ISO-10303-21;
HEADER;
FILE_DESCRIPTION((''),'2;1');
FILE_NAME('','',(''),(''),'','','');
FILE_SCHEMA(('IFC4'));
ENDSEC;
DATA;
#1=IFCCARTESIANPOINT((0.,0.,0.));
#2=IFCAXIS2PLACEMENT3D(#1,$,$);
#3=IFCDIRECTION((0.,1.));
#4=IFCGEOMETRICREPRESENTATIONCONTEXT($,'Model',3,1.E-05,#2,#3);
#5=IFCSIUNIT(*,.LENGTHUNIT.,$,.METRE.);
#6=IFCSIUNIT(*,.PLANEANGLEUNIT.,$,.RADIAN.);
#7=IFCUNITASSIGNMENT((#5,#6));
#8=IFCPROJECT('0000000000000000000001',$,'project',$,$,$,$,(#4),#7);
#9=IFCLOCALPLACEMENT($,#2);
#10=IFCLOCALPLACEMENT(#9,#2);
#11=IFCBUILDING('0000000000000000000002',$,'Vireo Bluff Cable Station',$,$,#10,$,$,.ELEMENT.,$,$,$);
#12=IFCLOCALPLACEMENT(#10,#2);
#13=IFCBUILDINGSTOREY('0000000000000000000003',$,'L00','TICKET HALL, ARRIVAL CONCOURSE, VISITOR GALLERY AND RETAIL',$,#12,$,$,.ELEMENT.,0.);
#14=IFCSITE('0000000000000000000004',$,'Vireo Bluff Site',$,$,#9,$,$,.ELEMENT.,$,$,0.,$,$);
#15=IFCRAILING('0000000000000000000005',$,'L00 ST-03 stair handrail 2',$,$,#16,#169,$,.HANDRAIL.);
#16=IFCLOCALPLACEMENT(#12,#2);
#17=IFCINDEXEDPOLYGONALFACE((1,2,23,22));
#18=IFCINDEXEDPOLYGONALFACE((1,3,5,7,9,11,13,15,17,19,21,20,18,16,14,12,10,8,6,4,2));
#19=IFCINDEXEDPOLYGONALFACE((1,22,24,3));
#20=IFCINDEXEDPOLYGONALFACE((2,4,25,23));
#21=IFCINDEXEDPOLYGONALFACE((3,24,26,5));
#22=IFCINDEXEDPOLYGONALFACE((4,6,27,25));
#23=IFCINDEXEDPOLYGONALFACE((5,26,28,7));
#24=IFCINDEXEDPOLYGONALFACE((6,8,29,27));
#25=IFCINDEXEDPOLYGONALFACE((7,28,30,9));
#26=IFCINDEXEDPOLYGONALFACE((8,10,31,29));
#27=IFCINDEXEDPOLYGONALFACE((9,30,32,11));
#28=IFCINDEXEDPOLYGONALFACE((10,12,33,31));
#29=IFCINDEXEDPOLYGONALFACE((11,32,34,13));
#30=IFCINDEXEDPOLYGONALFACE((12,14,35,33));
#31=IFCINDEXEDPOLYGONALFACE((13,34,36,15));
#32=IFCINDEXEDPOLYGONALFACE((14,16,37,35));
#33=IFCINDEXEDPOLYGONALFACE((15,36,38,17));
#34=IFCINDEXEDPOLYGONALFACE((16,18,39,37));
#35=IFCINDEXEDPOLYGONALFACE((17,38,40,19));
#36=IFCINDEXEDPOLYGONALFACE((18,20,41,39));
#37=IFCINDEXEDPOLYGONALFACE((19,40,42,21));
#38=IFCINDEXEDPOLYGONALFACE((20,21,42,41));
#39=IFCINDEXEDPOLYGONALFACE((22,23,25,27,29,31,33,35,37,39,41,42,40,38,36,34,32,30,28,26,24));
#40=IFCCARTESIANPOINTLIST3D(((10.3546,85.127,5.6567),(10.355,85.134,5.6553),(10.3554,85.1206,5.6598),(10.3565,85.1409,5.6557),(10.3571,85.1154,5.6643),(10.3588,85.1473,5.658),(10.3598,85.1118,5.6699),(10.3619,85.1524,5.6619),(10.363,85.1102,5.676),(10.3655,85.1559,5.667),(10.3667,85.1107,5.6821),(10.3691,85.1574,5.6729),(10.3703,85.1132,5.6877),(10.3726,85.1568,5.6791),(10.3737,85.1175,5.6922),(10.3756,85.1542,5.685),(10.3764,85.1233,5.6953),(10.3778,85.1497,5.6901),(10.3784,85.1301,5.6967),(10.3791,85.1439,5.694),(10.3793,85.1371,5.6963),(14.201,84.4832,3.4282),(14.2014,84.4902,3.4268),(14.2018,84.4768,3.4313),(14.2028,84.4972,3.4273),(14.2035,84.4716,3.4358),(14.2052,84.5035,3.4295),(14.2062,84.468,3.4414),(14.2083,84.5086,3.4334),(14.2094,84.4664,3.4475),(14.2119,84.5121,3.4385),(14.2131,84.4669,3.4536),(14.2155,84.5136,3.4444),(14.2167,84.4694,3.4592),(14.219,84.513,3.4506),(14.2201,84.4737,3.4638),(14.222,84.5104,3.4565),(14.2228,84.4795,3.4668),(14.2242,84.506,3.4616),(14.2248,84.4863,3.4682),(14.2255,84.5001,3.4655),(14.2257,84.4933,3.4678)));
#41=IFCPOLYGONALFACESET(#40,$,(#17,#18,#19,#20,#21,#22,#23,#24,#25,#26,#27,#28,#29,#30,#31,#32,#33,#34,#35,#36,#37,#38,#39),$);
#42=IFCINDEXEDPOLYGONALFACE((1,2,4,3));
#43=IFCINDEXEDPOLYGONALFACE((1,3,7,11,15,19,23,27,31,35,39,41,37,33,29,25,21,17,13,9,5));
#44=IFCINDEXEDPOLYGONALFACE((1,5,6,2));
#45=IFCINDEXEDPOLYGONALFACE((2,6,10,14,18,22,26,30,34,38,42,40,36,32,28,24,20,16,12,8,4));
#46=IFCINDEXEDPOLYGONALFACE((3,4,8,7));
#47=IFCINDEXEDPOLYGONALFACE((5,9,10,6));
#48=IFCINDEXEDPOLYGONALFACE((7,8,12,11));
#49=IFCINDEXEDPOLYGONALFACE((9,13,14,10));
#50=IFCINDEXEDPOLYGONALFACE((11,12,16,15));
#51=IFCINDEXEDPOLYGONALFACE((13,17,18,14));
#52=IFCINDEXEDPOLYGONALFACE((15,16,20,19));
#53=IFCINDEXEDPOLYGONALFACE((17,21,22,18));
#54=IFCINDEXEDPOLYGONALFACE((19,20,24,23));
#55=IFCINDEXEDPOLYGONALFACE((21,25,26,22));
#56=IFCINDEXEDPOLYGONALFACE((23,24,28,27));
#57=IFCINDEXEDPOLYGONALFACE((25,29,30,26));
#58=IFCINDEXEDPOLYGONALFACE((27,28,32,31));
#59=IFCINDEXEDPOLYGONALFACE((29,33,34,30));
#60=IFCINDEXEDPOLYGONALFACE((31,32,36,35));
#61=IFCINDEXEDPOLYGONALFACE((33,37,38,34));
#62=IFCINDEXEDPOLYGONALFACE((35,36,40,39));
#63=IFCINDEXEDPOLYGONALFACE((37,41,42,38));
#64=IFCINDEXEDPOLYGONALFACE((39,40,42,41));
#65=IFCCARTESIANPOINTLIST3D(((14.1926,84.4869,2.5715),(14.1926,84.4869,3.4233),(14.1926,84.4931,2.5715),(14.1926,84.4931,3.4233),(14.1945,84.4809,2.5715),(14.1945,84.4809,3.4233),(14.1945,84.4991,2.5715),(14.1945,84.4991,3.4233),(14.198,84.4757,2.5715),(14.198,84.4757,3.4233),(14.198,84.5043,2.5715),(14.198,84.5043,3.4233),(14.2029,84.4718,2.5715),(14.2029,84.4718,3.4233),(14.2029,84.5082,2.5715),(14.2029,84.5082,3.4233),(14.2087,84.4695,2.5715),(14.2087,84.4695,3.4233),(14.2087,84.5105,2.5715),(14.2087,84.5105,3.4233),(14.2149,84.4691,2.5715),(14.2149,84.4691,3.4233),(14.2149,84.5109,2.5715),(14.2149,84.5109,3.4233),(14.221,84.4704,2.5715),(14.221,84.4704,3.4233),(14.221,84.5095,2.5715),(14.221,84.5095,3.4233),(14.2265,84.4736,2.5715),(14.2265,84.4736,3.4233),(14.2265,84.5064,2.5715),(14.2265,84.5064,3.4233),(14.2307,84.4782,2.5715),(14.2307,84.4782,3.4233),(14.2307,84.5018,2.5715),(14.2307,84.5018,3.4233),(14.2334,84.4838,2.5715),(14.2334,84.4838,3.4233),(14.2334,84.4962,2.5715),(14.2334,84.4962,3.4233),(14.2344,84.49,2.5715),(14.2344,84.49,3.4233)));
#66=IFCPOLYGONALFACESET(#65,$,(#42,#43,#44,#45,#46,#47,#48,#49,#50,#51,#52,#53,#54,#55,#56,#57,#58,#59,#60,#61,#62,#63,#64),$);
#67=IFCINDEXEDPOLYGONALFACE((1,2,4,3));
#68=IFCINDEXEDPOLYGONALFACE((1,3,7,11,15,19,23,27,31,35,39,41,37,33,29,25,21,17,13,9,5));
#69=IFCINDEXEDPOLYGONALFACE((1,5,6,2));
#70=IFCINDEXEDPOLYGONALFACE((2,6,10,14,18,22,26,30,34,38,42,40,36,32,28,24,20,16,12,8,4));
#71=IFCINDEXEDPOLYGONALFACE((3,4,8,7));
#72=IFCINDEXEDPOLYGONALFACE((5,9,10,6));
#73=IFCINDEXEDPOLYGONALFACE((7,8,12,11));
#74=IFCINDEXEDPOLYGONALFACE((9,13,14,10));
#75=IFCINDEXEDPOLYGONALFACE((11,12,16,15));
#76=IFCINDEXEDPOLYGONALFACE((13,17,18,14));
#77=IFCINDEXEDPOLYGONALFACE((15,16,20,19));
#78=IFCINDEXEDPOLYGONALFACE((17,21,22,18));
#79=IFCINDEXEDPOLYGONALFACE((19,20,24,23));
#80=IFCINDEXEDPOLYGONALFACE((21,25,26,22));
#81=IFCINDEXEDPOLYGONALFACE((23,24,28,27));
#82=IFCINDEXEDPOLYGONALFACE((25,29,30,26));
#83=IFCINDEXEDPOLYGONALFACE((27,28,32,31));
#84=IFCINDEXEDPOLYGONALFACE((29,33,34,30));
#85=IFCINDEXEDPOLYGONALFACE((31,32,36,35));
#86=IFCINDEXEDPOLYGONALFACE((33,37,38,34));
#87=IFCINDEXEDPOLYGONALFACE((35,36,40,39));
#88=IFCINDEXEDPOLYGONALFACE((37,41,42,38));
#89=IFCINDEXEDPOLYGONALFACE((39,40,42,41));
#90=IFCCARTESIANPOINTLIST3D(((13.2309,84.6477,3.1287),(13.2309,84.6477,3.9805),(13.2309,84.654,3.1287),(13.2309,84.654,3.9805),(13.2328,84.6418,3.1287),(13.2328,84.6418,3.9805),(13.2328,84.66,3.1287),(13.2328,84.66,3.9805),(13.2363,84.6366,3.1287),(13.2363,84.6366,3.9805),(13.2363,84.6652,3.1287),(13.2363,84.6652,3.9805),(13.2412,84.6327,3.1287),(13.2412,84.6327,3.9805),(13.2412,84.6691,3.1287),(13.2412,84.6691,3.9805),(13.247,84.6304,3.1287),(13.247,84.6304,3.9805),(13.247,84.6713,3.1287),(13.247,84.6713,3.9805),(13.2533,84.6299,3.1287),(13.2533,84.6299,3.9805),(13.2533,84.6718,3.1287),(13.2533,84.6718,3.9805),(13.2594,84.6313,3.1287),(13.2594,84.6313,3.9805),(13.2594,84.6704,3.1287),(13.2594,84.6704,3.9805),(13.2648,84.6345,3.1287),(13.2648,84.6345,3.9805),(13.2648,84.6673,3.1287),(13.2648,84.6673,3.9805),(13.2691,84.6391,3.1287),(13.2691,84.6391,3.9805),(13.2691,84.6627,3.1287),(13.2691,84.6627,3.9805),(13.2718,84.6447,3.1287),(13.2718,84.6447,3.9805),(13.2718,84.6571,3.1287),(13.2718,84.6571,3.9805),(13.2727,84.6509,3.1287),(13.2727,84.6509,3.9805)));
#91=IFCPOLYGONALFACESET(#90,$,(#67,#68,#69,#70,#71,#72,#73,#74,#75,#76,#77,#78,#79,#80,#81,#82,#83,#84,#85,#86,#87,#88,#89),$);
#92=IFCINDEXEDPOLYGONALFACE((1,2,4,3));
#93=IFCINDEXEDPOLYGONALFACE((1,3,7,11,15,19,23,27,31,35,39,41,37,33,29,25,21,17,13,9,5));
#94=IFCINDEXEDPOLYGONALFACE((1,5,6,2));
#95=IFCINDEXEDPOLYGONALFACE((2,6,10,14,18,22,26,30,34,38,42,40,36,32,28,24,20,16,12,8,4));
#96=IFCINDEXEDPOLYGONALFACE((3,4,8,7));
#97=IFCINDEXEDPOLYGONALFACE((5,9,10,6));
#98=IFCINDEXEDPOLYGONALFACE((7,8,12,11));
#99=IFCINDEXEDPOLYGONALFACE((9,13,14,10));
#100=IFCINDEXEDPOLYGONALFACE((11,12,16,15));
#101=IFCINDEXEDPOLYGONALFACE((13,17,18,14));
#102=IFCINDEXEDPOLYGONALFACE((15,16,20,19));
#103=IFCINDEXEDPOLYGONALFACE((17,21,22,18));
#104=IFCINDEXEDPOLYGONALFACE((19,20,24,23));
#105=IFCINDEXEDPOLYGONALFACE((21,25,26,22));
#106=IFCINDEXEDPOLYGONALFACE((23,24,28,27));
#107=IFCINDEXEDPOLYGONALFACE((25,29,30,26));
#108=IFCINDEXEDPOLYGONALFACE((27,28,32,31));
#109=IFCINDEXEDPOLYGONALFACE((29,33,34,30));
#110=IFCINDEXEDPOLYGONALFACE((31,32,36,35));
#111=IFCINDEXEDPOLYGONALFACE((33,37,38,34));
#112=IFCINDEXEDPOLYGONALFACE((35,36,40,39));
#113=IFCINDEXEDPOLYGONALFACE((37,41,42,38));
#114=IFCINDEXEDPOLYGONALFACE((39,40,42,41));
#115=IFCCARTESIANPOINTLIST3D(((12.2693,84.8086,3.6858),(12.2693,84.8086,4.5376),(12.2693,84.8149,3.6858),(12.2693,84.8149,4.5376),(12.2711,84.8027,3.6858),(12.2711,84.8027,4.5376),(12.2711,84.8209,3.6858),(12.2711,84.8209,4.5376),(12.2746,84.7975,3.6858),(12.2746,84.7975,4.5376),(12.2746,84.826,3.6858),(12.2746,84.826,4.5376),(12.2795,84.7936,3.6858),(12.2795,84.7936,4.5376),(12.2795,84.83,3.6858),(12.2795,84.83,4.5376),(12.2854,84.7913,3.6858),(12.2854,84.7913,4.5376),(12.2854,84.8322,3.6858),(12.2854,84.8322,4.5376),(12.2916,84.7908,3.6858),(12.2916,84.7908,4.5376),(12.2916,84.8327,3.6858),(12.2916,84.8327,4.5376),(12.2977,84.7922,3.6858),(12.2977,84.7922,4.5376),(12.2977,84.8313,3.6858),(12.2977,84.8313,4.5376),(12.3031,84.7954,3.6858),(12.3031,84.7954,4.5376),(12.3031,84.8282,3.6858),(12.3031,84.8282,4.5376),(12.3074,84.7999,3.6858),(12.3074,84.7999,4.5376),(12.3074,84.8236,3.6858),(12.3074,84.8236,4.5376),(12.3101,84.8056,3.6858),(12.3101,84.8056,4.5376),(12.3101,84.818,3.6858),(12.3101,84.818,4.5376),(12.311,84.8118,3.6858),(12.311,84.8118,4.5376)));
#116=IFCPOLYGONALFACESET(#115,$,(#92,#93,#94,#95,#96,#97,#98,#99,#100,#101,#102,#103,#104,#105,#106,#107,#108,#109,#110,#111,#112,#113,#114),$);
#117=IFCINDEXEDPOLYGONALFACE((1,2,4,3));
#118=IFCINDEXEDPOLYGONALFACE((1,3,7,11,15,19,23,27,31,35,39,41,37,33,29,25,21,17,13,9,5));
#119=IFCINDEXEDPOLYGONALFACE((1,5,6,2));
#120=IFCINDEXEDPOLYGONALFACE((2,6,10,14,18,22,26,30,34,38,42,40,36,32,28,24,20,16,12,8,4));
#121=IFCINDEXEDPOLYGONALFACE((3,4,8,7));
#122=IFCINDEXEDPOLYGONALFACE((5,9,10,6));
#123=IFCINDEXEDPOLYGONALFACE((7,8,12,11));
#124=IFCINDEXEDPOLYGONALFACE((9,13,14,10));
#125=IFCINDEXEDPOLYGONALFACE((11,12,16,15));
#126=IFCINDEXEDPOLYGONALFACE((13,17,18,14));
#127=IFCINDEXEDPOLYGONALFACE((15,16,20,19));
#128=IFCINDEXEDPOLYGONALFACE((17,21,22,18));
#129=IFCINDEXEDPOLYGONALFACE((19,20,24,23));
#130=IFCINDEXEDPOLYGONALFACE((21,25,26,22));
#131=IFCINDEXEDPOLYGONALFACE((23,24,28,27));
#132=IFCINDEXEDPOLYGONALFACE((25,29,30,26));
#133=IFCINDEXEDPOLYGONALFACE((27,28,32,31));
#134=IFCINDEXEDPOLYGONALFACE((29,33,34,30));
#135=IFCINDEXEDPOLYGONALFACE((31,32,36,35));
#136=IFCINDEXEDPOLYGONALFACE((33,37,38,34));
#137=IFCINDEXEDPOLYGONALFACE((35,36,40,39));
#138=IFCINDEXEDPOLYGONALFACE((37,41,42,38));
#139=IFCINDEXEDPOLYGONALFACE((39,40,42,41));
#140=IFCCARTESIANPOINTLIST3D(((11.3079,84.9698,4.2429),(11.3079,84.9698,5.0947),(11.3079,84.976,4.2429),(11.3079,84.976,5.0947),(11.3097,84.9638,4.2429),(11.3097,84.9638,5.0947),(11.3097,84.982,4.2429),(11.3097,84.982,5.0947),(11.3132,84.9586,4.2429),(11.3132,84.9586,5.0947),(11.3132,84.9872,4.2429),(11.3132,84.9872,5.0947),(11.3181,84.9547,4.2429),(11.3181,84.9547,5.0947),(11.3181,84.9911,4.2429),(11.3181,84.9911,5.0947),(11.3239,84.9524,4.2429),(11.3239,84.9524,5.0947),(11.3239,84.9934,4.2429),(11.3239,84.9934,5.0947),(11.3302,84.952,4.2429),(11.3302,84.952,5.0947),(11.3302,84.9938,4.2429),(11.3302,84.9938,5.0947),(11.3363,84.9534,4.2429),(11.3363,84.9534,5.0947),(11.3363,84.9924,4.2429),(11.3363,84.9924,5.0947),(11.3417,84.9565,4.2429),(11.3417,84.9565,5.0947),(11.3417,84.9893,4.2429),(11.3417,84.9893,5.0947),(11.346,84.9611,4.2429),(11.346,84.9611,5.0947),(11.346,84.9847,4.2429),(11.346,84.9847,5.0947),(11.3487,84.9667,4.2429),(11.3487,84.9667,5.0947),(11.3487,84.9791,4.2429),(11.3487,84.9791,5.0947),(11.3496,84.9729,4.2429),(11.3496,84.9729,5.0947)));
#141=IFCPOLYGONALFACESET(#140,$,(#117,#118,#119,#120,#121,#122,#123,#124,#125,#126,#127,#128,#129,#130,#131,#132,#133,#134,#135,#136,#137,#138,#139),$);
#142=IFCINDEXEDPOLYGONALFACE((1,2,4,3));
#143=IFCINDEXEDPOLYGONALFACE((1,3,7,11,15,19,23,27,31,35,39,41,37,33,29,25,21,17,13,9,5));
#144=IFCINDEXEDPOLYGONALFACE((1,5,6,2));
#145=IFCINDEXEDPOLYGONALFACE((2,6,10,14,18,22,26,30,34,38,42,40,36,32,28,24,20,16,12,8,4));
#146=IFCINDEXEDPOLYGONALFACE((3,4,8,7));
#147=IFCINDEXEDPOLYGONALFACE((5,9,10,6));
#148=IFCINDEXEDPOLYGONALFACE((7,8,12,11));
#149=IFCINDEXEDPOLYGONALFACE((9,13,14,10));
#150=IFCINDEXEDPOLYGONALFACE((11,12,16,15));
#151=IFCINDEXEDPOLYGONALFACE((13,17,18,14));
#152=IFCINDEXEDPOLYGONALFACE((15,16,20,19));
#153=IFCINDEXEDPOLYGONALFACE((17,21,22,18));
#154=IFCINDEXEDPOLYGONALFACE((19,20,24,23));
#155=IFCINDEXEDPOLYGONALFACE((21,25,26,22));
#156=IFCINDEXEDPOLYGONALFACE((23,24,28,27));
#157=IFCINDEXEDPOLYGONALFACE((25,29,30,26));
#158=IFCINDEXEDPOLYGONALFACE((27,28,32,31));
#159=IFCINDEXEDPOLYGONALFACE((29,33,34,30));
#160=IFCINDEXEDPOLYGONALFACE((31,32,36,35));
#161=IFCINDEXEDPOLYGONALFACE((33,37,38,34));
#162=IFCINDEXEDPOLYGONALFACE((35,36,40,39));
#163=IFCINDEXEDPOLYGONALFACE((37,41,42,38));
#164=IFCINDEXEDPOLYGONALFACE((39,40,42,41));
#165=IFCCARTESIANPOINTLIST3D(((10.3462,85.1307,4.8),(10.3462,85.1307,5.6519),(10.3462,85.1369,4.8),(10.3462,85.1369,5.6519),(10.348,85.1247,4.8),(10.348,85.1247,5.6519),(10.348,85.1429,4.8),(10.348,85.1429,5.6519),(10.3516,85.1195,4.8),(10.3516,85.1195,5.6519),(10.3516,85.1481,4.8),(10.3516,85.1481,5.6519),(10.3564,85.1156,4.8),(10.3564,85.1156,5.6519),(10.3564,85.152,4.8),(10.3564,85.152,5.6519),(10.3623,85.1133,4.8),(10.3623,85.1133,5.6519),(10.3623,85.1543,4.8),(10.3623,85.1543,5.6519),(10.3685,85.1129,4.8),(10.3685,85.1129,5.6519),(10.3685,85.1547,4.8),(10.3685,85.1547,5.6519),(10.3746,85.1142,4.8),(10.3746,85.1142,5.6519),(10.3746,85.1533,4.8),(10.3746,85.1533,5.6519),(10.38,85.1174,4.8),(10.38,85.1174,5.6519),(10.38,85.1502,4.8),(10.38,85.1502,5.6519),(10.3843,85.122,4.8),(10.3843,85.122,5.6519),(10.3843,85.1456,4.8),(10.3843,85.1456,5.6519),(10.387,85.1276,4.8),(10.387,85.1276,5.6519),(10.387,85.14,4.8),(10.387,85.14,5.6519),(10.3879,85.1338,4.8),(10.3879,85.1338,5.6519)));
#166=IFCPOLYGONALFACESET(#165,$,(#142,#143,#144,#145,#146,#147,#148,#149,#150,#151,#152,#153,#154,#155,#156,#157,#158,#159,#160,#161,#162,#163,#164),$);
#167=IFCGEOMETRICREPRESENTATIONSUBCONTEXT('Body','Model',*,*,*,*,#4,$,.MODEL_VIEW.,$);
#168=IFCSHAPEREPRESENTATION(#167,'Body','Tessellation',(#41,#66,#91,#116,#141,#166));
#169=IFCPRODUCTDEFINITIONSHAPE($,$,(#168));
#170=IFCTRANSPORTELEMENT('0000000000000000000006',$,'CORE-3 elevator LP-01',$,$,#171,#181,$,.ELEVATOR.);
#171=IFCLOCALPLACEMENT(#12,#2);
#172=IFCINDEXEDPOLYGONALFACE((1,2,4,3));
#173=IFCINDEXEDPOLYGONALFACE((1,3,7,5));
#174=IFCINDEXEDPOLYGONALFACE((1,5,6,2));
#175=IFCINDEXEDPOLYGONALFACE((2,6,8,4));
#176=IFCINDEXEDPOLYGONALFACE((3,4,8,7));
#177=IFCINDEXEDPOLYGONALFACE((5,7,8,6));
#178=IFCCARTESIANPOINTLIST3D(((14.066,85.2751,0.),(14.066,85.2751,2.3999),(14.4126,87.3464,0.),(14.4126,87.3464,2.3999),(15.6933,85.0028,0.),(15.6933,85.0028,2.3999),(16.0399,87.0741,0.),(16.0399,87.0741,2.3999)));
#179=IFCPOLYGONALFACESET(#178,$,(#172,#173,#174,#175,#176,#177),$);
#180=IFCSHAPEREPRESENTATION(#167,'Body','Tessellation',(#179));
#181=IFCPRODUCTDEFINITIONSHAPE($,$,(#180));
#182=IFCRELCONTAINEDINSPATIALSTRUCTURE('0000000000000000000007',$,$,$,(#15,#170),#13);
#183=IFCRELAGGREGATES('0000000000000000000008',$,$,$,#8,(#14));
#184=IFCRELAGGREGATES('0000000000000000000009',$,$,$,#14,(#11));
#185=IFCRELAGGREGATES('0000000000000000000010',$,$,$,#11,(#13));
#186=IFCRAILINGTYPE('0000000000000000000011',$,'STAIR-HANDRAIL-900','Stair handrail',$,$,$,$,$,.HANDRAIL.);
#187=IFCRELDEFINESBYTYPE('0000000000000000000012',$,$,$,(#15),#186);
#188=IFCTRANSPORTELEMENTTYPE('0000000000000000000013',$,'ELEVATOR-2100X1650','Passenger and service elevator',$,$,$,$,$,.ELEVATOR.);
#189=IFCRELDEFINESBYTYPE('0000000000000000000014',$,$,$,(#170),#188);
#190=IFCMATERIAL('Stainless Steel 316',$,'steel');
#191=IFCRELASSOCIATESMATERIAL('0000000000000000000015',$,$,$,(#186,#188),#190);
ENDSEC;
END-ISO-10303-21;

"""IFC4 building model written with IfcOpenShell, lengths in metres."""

from ifc_helpers import new_model, si_unit, direction, frame, origin, origin_2d, place, context, subcontext, project, spatial, rectangle, circle, extrude, material, type_object, element, save


model = new_model("IFC4")

# Units and contexts
model_context = context("Model", 3, precision=1e-05, world=origin(), true_north=direction((0.0, 1.0)))
body_context = subcontext(model_context, "Body", "Model", "MODEL_VIEW")
ifc_project = project(units=[si_unit("LENGTHUNIT", "METRE"), si_unit("PLANEANGLEUNIT", "RADIAN")], contexts=[model_context])

# Site, building, storey
site_placement = place(None, origin())
site = spatial("IfcSite", under=ifc_project, at=site_placement, Name="Vireo Bluff Site", CompositionType="ELEMENT", RefElevation=0.0)
building_placement = place(site_placement, origin())
building = spatial("IfcBuilding", under=site, at=building_placement, Name="Vireo Bluff Cable Station", CompositionType="ELEMENT")
storey_placement = place(building_placement, origin())
storey = spatial("IfcBuildingStorey", under=building, at=storey_placement, Name="L00", Description="TICKET HALL, ARRIVAL CONCOURSE, VISITOR GALLERY AND RETAIL", CompositionType="ELEMENT", Elevation=0.0)

# Shared definitions
ifc_material_1 = material(Name="Stainless Steel 316", Category="steel")

# Railing
railing_type = type_object("IfcRailingType", Name="STAIR-HANDRAIL-900", Description="Stair handrail", PredefinedType="HANDRAIL", material=ifc_material_1)
railing_placement = place(storey_placement, frame((14.2134, 84.49, 2.5715)))
element("IfcRailing", 1, at=railing_placement, inside=storey, type_object=railing_type, Name="L00 ST-03 stair handrail 2", PredefinedType="HANDRAIL", context=body_context, shape_type="SweptSolid", body=[
    extrude(circle(Radius=0.0239, at=origin_2d()), frame((0.0, 0.0, 0.876), z_axis=(-0.856333, 0.143329, 0.496135), x_axis=(-0.165079, -0.98628, 0.0)), (0.0, 0.0, 1.0), 4.4917),
    extrude(circle(Radius=0.021, at=origin_2d()), origin(), (0.0, 0.0, 1.0), 0.8518),
    extrude(circle(Radius=0.021, at=origin_2d()), frame((-0.9617, 0.1609, 0.5571)), (0.0, 0.0, 1.0), 0.8518),
    extrude(circle(Radius=0.021, at=origin_2d()), frame((-1.9233, 0.3218, 1.1143)), (0.0, 0.0, 1.0), 0.8518),
    extrude(circle(Radius=0.021, at=origin_2d()), frame((-2.8848, 0.4829, 1.6714)), (0.0, 0.0, 1.0), 0.8518),
    extrude(circle(Radius=0.021, at=origin_2d()), frame((-3.8464, 0.6438, 2.2285)), (0.0, 0.0, 1.0), 0.8518),
])

# Transport element
transport_element_type = type_object("IfcTransportElementType", Name="ELEVATOR-2100X1650", Description="Passenger and service elevator", PredefinedType="ELEVATOR", material=ifc_material_1)
transport_element_placement = place(storey_placement, frame((15.053, 86.1746, 0.0), z_axis=(0.0, 0.0, 1.0), x_axis=(0.986286, -0.165048, 0.0)))
element("IfcTransportElement", 2, at=transport_element_placement, inside=storey, type_object=transport_element_type, Name="CORE-3 elevator LP-01", PredefinedType="ELEVATOR", context=body_context, shape_type="SweptSolid", body=[
    extrude(rectangle(XDim=1.6499, YDim=2.1001, at=origin_2d()), origin(), (0.0, 0.0, 1.0), 2.3999),
])

save(model, "model.ifc")
